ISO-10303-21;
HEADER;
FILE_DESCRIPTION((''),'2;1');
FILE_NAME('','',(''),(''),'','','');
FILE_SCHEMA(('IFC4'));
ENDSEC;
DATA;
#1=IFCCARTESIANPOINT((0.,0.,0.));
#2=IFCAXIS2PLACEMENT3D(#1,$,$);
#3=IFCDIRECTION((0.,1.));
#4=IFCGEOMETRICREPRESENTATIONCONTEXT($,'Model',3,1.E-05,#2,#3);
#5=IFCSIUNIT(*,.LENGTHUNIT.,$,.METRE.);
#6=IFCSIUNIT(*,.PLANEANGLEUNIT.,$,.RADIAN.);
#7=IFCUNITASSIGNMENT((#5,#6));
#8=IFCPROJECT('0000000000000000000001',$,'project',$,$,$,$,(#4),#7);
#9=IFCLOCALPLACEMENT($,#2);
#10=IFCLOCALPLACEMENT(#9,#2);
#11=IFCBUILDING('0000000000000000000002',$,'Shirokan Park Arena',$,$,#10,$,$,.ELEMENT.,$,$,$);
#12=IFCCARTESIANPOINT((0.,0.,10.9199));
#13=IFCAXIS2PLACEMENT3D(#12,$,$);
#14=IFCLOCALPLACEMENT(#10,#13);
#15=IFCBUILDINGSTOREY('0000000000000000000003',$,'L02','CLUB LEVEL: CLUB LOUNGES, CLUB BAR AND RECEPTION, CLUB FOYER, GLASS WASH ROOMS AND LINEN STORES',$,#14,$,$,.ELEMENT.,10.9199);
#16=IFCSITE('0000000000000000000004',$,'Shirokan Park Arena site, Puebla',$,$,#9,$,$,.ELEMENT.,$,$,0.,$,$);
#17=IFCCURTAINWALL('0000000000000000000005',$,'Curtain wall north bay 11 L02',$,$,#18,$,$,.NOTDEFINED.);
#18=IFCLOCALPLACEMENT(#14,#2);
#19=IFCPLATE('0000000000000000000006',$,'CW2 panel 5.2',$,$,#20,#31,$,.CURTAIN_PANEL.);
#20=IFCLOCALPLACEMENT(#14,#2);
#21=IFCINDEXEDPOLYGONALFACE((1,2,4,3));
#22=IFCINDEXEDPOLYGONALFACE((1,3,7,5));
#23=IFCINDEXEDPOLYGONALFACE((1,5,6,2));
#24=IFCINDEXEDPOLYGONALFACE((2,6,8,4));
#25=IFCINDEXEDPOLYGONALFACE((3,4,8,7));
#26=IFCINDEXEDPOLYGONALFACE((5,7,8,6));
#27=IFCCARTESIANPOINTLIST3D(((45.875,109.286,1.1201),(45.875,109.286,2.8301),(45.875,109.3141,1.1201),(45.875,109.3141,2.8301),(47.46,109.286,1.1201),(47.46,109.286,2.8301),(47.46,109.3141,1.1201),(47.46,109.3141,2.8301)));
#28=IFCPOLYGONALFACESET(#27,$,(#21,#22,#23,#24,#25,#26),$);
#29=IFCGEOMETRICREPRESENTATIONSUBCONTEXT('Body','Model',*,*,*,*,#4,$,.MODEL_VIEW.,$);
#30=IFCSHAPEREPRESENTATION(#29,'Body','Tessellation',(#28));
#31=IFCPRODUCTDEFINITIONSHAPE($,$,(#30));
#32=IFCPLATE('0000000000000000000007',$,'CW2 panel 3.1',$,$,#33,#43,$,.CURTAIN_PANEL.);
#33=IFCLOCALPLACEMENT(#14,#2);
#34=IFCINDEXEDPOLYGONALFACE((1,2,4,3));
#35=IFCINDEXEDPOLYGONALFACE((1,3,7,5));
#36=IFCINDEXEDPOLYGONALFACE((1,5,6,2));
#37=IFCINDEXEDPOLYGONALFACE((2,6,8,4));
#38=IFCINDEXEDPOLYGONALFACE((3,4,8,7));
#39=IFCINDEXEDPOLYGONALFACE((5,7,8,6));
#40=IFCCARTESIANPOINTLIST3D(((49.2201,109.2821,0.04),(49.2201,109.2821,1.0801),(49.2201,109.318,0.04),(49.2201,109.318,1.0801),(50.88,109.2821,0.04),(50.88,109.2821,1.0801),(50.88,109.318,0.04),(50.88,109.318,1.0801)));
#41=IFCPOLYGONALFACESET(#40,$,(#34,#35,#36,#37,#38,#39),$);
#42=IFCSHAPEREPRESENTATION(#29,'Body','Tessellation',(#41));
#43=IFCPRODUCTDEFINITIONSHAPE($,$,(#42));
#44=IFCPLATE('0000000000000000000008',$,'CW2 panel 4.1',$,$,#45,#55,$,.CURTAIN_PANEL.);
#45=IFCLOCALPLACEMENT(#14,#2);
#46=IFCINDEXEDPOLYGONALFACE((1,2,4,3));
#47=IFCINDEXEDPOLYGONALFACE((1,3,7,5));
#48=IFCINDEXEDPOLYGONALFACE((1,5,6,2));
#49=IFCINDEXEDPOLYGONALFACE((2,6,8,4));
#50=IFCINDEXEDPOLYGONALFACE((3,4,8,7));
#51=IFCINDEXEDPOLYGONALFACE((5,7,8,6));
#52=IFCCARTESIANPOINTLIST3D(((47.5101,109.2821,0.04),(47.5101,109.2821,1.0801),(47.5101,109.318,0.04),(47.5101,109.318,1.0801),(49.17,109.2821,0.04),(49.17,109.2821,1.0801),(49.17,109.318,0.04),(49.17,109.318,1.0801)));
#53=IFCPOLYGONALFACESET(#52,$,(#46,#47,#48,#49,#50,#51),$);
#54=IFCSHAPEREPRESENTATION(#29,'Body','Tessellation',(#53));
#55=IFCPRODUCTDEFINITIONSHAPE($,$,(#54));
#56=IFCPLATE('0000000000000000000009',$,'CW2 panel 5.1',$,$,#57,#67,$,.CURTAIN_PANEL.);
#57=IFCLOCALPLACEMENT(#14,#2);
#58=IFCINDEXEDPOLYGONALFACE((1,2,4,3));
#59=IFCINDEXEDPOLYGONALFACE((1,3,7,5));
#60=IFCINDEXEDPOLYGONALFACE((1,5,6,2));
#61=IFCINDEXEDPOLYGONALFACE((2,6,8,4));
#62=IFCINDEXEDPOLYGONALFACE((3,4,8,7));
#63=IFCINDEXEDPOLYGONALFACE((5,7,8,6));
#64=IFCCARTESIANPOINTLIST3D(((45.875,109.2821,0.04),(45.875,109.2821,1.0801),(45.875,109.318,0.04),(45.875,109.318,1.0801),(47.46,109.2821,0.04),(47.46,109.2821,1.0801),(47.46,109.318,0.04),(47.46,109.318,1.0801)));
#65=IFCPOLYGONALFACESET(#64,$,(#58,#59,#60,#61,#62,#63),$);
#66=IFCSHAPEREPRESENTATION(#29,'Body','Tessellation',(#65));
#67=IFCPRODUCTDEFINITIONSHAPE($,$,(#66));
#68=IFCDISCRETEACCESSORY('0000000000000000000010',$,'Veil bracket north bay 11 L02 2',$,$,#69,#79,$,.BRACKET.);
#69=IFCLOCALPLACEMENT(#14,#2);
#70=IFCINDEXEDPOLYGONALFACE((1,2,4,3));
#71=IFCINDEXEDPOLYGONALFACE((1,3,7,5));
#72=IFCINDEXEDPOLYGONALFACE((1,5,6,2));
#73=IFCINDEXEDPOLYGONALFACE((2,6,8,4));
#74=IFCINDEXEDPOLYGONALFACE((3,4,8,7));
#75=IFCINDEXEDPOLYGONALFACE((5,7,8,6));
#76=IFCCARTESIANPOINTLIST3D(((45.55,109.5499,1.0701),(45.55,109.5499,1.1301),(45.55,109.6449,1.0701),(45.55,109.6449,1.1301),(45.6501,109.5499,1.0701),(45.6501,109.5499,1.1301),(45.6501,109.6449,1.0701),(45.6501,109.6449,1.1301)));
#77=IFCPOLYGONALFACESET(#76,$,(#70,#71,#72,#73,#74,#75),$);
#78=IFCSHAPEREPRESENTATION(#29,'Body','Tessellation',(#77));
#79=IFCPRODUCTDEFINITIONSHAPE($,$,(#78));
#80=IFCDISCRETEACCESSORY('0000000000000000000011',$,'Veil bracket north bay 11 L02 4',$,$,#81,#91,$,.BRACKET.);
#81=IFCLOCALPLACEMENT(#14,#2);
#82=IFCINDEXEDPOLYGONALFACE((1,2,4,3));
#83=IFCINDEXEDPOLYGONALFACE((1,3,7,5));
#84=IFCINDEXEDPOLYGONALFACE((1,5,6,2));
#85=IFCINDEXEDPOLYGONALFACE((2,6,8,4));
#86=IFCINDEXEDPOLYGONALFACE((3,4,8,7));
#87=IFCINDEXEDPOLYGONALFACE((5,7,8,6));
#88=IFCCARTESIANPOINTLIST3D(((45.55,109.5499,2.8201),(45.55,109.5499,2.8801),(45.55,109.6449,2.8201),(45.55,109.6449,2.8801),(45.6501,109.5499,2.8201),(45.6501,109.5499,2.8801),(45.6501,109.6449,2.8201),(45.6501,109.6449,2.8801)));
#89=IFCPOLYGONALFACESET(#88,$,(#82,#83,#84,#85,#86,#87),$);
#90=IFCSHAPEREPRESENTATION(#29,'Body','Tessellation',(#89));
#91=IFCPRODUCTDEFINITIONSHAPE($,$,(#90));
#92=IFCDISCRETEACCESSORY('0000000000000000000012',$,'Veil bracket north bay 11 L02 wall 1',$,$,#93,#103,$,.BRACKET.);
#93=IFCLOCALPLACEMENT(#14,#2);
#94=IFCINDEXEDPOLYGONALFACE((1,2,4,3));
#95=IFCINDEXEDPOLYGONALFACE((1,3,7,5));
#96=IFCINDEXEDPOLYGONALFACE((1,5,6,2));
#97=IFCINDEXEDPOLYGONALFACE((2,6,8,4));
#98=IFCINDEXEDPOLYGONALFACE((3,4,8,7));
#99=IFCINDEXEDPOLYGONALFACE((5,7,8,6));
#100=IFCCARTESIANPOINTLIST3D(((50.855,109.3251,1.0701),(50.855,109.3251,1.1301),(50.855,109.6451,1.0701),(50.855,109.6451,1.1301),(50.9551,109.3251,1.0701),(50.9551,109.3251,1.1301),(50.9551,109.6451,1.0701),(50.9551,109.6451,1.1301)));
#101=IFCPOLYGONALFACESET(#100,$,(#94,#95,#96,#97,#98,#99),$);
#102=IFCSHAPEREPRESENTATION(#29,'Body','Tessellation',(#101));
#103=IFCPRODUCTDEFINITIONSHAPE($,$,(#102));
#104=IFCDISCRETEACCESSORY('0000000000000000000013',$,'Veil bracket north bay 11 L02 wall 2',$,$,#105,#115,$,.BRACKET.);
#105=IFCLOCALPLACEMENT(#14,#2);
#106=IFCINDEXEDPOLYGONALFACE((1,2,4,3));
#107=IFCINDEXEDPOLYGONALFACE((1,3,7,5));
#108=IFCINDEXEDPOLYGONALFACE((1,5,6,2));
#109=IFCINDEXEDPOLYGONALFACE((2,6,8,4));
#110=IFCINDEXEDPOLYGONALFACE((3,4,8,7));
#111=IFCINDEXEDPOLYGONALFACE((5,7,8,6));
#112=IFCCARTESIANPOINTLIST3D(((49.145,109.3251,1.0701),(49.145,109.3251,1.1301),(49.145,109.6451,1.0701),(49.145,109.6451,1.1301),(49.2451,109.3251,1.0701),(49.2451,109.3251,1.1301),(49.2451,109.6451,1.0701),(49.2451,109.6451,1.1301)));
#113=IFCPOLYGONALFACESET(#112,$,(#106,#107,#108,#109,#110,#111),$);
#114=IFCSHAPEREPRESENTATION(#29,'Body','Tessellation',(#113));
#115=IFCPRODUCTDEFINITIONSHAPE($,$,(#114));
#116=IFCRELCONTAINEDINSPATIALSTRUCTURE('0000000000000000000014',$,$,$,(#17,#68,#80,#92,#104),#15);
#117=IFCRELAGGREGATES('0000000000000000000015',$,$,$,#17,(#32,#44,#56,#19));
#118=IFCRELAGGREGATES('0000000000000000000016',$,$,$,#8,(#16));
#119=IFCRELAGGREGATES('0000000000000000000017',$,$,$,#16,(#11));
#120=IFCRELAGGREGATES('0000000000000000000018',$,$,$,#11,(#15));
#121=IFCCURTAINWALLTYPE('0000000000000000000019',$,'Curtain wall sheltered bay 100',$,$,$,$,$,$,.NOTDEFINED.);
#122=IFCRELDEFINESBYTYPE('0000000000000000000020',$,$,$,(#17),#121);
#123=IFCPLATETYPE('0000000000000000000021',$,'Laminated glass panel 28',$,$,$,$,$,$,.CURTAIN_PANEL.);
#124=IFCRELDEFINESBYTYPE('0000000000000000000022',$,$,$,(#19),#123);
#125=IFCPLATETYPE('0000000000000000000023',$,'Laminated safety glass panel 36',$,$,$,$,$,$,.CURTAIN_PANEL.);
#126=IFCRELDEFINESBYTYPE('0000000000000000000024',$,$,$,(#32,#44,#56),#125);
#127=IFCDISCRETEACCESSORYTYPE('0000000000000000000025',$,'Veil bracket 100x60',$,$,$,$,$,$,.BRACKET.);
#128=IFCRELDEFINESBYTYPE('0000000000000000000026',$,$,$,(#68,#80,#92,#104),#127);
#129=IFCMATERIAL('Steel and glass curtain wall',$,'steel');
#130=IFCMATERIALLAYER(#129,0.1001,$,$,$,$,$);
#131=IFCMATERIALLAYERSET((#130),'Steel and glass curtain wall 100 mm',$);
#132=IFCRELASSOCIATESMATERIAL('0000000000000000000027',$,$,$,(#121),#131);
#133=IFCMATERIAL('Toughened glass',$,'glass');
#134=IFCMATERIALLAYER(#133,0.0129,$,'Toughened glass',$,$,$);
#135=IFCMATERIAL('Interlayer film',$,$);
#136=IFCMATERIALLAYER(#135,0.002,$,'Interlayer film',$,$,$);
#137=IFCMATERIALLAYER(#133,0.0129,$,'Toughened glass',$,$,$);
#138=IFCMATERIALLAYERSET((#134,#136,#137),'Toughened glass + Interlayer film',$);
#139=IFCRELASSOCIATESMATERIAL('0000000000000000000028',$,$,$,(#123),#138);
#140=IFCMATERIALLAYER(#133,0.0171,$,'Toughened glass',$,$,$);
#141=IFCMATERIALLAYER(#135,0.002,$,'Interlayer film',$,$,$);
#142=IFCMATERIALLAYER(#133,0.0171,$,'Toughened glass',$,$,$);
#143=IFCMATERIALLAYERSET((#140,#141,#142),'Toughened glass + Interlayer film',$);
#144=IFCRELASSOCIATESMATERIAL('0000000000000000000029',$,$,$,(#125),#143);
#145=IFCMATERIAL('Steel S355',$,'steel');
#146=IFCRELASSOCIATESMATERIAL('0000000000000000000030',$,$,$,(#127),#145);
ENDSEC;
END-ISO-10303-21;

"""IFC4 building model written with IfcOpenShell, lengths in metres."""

from ifc_helpers import new_model, si_unit, direction, frame, origin, origin_2d, place, context, subcontext, project, spatial, rectangle, extrude, material, layer, layer_set, type_object, element, aggregate, save


model = new_model("IFC4")

# Units and contexts
model_context = context("Model", 3, precision=1e-05, world=origin(), true_north=direction((0.0, 1.0)))
body_context = subcontext(model_context, "Body", "Model", "MODEL_VIEW")
ifc_project = project(units=[si_unit("LENGTHUNIT", "METRE"), si_unit("PLANEANGLEUNIT", "RADIAN")], contexts=[model_context])

# Site, building, storey
site_placement = place(None, origin())
site = spatial("IfcSite", under=ifc_project, at=site_placement, Name="Shirokan Park Arena site, Puebla", CompositionType="ELEMENT", RefElevation=0.0)
building_placement = place(site_placement, origin())
building = spatial("IfcBuilding", under=site, at=building_placement, Name="Shirokan Park Arena", CompositionType="ELEMENT")
storey_placement = place(building_placement, frame((0.0, 0.0, 10.9199)))
storey = spatial("IfcBuildingStorey", under=building, at=storey_placement, Name="L02", Description="CLUB LEVEL: CLUB LOUNGES, CLUB BAR AND RECEPTION, CLUB FOYER, GLASS WASH ROOMS AND LINEN STORES", CompositionType="ELEMENT", Elevation=10.9199)

# Curtain wall
ifc_material_1 = material(Name="Steel and glass curtain wall", Category="steel")
ifc_layer_1 = layer(ifc_material_1, 0.1001)
ifc_layer_set_1 = layer_set([ifc_layer_1], Name="Steel and glass curtain wall 100 mm")
curtain_wall_type = type_object("IfcCurtainWallType", Name="Curtain wall sheltered bay 100", PredefinedType="NOTDEFINED", material=ifc_layer_set_1)
curtain_wall_placement = place(storey_placement, origin())
curtain_wall = element("IfcCurtainWall", 1, at=curtain_wall_placement, inside=storey, type_object=curtain_wall_type, Name="Curtain wall north bay 11 L02", PredefinedType="NOTDEFINED")
ifc_material_2 = material(Name="Steel S355", Category="steel")

# Plates
ifc_material_3 = material(Name="Toughened glass", Category="glass")
ifc_layer_2 = layer(ifc_material_3, 0.0129, Name="Toughened glass")
ifc_material_4 = material(Name="Interlayer film")
ifc_layer_3 = layer(ifc_material_4, 0.002, Name="Interlayer film")
ifc_layer_4 = layer(ifc_material_3, 0.0129, Name="Toughened glass")
ifc_layer_set_2 = layer_set([ifc_layer_2, ifc_layer_3, ifc_layer_4], Name="Toughened glass + Interlayer film")
plate_type_1 = type_object("IfcPlateType", Name="Laminated glass panel 28", PredefinedType="CURTAIN_PANEL", material=ifc_layer_set_2)
plate_1_placement = place(storey_placement, frame((46.6675, 109.3, 1.1201), z_axis=(0.0, 0.0, 1.0), x_axis=(-1.0, 0.0, 0.0)))
plate_1 = element("IfcPlate", 2, at=plate_1_placement, type_object=plate_type_1, Name="CW2 panel 5.2", PredefinedType="CURTAIN_PANEL", context=body_context, shape_type="SweptSolid", body=[
    extrude(rectangle(XDim=1.585, YDim=0.0281, at=origin_2d()), origin(), (0.0, 0.0, 1.0), 1.71),
])
ifc_layer_5 = layer(ifc_material_3, 0.0171, Name="Toughened glass")
ifc_layer_6 = layer(ifc_material_4, 0.002, Name="Interlayer film")
ifc_layer_7 = layer(ifc_material_3, 0.0171, Name="Toughened glass")
ifc_layer_set_3 = layer_set([ifc_layer_5, ifc_layer_6, ifc_layer_7], Name="Toughened glass + Interlayer film")
plate_type_2 = type_object("IfcPlateType", Name="Laminated safety glass panel 36", PredefinedType="CURTAIN_PANEL", material=ifc_layer_set_3)
plate_2_placement = place(storey_placement, frame((50.05, 109.3, 0.04), z_axis=(0.0, 0.0, 1.0), x_axis=(-1.0, 0.0, 0.0)))
plate_2 = element("IfcPlate", 3, at=plate_2_placement, type_object=plate_type_2, Name="CW2 panel 3.1", PredefinedType="CURTAIN_PANEL", context=body_context, shape_type="SweptSolid", body=[
    extrude(rectangle(XDim=1.6599, YDim=0.0359, at=origin_2d()), origin(), (0.0, 0.0, 1.0), 1.04),
])
plate_3_placement = place(storey_placement, frame((48.3401, 109.3, 0.04), z_axis=(0.0, 0.0, 1.0), x_axis=(-1.0, 0.0, 0.0)))
plate_3 = element("IfcPlate", 4, at=plate_3_placement, type_object=plate_type_2, Name="CW2 panel 4.1", PredefinedType="CURTAIN_PANEL", context=body_context, shape_type="SweptSolid", body=[
    extrude(rectangle(XDim=1.6599, YDim=0.0359, at=origin_2d()), origin(), (0.0, 0.0, 1.0), 1.04),
])
plate_4_placement = place(storey_placement, frame((46.6675, 109.3, 0.04), z_axis=(0.0, 0.0, 1.0), x_axis=(-1.0, 0.0, 0.0)))
plate_4 = element("IfcPlate", 5, at=plate_4_placement, type_object=plate_type_2, Name="CW2 panel 5.1", PredefinedType="CURTAIN_PANEL", context=body_context, shape_type="SweptSolid", body=[
    extrude(rectangle(XDim=1.585, YDim=0.0359, at=origin_2d()), origin(), (0.0, 0.0, 1.0), 1.04),
])
aggregate(curtain_wall, [plate_2, plate_3, plate_4, plate_1])

# Discrete accessories
discrete_accessory_type = type_object("IfcDiscreteAccessoryType", Name="Veil bracket 100x60", PredefinedType="BRACKET", material=ifc_material_2)
for number, where, z_axis, x_axis, name in (
    (6, (45.6001, 109.5974, 1.0701), (0.0, 0.0, 1.0), (-1.0, 0.0, 0.0), "Veil bracket north bay 11 L02 2"),
    (7, (45.6001, 109.5974, 2.8201), (0.0, 0.0, 1.0), (-1.0, 0.0, 0.0), "Veil bracket north bay 11 L02 4"),
):
    element("IfcDiscreteAccessory", number, at=place(storey_placement, frame(where, z_axis=z_axis, x_axis=x_axis)), inside=storey, type_object=discrete_accessory_type, Name=name, PredefinedType="BRACKET", context=body_context, shape_type="SweptSolid", body=[
        extrude(rectangle(XDim=0.1001, YDim=0.095, at=origin_2d()), origin(), (0.0, 0.0, 1.0), 0.0601),
    ])
for number, where, z_axis, x_axis, name in (
    (8, (50.905, 109.4851, 1.0701), (0.0, 0.0, 1.0), (-1.0, 0.0, 0.0), "Veil bracket north bay 11 L02 wall 1"),
    (9, (49.1951, 109.4851, 1.0701), (0.0, 0.0, 1.0), (-1.0, 0.0, 0.0), "Veil bracket north bay 11 L02 wall 2"),
):
    element("IfcDiscreteAccessory", number, at=place(storey_placement, frame(where, z_axis=z_axis, x_axis=x_axis)), inside=storey, type_object=discrete_accessory_type, Name=name, PredefinedType="BRACKET", context=body_context, shape_type="SweptSolid", body=[
        extrude(rectangle(XDim=0.1001, YDim=0.3201, at=origin_2d()), origin(), (0.0, 0.0, 1.0), 0.0601),
    ])

save(model, "model.ifc")
